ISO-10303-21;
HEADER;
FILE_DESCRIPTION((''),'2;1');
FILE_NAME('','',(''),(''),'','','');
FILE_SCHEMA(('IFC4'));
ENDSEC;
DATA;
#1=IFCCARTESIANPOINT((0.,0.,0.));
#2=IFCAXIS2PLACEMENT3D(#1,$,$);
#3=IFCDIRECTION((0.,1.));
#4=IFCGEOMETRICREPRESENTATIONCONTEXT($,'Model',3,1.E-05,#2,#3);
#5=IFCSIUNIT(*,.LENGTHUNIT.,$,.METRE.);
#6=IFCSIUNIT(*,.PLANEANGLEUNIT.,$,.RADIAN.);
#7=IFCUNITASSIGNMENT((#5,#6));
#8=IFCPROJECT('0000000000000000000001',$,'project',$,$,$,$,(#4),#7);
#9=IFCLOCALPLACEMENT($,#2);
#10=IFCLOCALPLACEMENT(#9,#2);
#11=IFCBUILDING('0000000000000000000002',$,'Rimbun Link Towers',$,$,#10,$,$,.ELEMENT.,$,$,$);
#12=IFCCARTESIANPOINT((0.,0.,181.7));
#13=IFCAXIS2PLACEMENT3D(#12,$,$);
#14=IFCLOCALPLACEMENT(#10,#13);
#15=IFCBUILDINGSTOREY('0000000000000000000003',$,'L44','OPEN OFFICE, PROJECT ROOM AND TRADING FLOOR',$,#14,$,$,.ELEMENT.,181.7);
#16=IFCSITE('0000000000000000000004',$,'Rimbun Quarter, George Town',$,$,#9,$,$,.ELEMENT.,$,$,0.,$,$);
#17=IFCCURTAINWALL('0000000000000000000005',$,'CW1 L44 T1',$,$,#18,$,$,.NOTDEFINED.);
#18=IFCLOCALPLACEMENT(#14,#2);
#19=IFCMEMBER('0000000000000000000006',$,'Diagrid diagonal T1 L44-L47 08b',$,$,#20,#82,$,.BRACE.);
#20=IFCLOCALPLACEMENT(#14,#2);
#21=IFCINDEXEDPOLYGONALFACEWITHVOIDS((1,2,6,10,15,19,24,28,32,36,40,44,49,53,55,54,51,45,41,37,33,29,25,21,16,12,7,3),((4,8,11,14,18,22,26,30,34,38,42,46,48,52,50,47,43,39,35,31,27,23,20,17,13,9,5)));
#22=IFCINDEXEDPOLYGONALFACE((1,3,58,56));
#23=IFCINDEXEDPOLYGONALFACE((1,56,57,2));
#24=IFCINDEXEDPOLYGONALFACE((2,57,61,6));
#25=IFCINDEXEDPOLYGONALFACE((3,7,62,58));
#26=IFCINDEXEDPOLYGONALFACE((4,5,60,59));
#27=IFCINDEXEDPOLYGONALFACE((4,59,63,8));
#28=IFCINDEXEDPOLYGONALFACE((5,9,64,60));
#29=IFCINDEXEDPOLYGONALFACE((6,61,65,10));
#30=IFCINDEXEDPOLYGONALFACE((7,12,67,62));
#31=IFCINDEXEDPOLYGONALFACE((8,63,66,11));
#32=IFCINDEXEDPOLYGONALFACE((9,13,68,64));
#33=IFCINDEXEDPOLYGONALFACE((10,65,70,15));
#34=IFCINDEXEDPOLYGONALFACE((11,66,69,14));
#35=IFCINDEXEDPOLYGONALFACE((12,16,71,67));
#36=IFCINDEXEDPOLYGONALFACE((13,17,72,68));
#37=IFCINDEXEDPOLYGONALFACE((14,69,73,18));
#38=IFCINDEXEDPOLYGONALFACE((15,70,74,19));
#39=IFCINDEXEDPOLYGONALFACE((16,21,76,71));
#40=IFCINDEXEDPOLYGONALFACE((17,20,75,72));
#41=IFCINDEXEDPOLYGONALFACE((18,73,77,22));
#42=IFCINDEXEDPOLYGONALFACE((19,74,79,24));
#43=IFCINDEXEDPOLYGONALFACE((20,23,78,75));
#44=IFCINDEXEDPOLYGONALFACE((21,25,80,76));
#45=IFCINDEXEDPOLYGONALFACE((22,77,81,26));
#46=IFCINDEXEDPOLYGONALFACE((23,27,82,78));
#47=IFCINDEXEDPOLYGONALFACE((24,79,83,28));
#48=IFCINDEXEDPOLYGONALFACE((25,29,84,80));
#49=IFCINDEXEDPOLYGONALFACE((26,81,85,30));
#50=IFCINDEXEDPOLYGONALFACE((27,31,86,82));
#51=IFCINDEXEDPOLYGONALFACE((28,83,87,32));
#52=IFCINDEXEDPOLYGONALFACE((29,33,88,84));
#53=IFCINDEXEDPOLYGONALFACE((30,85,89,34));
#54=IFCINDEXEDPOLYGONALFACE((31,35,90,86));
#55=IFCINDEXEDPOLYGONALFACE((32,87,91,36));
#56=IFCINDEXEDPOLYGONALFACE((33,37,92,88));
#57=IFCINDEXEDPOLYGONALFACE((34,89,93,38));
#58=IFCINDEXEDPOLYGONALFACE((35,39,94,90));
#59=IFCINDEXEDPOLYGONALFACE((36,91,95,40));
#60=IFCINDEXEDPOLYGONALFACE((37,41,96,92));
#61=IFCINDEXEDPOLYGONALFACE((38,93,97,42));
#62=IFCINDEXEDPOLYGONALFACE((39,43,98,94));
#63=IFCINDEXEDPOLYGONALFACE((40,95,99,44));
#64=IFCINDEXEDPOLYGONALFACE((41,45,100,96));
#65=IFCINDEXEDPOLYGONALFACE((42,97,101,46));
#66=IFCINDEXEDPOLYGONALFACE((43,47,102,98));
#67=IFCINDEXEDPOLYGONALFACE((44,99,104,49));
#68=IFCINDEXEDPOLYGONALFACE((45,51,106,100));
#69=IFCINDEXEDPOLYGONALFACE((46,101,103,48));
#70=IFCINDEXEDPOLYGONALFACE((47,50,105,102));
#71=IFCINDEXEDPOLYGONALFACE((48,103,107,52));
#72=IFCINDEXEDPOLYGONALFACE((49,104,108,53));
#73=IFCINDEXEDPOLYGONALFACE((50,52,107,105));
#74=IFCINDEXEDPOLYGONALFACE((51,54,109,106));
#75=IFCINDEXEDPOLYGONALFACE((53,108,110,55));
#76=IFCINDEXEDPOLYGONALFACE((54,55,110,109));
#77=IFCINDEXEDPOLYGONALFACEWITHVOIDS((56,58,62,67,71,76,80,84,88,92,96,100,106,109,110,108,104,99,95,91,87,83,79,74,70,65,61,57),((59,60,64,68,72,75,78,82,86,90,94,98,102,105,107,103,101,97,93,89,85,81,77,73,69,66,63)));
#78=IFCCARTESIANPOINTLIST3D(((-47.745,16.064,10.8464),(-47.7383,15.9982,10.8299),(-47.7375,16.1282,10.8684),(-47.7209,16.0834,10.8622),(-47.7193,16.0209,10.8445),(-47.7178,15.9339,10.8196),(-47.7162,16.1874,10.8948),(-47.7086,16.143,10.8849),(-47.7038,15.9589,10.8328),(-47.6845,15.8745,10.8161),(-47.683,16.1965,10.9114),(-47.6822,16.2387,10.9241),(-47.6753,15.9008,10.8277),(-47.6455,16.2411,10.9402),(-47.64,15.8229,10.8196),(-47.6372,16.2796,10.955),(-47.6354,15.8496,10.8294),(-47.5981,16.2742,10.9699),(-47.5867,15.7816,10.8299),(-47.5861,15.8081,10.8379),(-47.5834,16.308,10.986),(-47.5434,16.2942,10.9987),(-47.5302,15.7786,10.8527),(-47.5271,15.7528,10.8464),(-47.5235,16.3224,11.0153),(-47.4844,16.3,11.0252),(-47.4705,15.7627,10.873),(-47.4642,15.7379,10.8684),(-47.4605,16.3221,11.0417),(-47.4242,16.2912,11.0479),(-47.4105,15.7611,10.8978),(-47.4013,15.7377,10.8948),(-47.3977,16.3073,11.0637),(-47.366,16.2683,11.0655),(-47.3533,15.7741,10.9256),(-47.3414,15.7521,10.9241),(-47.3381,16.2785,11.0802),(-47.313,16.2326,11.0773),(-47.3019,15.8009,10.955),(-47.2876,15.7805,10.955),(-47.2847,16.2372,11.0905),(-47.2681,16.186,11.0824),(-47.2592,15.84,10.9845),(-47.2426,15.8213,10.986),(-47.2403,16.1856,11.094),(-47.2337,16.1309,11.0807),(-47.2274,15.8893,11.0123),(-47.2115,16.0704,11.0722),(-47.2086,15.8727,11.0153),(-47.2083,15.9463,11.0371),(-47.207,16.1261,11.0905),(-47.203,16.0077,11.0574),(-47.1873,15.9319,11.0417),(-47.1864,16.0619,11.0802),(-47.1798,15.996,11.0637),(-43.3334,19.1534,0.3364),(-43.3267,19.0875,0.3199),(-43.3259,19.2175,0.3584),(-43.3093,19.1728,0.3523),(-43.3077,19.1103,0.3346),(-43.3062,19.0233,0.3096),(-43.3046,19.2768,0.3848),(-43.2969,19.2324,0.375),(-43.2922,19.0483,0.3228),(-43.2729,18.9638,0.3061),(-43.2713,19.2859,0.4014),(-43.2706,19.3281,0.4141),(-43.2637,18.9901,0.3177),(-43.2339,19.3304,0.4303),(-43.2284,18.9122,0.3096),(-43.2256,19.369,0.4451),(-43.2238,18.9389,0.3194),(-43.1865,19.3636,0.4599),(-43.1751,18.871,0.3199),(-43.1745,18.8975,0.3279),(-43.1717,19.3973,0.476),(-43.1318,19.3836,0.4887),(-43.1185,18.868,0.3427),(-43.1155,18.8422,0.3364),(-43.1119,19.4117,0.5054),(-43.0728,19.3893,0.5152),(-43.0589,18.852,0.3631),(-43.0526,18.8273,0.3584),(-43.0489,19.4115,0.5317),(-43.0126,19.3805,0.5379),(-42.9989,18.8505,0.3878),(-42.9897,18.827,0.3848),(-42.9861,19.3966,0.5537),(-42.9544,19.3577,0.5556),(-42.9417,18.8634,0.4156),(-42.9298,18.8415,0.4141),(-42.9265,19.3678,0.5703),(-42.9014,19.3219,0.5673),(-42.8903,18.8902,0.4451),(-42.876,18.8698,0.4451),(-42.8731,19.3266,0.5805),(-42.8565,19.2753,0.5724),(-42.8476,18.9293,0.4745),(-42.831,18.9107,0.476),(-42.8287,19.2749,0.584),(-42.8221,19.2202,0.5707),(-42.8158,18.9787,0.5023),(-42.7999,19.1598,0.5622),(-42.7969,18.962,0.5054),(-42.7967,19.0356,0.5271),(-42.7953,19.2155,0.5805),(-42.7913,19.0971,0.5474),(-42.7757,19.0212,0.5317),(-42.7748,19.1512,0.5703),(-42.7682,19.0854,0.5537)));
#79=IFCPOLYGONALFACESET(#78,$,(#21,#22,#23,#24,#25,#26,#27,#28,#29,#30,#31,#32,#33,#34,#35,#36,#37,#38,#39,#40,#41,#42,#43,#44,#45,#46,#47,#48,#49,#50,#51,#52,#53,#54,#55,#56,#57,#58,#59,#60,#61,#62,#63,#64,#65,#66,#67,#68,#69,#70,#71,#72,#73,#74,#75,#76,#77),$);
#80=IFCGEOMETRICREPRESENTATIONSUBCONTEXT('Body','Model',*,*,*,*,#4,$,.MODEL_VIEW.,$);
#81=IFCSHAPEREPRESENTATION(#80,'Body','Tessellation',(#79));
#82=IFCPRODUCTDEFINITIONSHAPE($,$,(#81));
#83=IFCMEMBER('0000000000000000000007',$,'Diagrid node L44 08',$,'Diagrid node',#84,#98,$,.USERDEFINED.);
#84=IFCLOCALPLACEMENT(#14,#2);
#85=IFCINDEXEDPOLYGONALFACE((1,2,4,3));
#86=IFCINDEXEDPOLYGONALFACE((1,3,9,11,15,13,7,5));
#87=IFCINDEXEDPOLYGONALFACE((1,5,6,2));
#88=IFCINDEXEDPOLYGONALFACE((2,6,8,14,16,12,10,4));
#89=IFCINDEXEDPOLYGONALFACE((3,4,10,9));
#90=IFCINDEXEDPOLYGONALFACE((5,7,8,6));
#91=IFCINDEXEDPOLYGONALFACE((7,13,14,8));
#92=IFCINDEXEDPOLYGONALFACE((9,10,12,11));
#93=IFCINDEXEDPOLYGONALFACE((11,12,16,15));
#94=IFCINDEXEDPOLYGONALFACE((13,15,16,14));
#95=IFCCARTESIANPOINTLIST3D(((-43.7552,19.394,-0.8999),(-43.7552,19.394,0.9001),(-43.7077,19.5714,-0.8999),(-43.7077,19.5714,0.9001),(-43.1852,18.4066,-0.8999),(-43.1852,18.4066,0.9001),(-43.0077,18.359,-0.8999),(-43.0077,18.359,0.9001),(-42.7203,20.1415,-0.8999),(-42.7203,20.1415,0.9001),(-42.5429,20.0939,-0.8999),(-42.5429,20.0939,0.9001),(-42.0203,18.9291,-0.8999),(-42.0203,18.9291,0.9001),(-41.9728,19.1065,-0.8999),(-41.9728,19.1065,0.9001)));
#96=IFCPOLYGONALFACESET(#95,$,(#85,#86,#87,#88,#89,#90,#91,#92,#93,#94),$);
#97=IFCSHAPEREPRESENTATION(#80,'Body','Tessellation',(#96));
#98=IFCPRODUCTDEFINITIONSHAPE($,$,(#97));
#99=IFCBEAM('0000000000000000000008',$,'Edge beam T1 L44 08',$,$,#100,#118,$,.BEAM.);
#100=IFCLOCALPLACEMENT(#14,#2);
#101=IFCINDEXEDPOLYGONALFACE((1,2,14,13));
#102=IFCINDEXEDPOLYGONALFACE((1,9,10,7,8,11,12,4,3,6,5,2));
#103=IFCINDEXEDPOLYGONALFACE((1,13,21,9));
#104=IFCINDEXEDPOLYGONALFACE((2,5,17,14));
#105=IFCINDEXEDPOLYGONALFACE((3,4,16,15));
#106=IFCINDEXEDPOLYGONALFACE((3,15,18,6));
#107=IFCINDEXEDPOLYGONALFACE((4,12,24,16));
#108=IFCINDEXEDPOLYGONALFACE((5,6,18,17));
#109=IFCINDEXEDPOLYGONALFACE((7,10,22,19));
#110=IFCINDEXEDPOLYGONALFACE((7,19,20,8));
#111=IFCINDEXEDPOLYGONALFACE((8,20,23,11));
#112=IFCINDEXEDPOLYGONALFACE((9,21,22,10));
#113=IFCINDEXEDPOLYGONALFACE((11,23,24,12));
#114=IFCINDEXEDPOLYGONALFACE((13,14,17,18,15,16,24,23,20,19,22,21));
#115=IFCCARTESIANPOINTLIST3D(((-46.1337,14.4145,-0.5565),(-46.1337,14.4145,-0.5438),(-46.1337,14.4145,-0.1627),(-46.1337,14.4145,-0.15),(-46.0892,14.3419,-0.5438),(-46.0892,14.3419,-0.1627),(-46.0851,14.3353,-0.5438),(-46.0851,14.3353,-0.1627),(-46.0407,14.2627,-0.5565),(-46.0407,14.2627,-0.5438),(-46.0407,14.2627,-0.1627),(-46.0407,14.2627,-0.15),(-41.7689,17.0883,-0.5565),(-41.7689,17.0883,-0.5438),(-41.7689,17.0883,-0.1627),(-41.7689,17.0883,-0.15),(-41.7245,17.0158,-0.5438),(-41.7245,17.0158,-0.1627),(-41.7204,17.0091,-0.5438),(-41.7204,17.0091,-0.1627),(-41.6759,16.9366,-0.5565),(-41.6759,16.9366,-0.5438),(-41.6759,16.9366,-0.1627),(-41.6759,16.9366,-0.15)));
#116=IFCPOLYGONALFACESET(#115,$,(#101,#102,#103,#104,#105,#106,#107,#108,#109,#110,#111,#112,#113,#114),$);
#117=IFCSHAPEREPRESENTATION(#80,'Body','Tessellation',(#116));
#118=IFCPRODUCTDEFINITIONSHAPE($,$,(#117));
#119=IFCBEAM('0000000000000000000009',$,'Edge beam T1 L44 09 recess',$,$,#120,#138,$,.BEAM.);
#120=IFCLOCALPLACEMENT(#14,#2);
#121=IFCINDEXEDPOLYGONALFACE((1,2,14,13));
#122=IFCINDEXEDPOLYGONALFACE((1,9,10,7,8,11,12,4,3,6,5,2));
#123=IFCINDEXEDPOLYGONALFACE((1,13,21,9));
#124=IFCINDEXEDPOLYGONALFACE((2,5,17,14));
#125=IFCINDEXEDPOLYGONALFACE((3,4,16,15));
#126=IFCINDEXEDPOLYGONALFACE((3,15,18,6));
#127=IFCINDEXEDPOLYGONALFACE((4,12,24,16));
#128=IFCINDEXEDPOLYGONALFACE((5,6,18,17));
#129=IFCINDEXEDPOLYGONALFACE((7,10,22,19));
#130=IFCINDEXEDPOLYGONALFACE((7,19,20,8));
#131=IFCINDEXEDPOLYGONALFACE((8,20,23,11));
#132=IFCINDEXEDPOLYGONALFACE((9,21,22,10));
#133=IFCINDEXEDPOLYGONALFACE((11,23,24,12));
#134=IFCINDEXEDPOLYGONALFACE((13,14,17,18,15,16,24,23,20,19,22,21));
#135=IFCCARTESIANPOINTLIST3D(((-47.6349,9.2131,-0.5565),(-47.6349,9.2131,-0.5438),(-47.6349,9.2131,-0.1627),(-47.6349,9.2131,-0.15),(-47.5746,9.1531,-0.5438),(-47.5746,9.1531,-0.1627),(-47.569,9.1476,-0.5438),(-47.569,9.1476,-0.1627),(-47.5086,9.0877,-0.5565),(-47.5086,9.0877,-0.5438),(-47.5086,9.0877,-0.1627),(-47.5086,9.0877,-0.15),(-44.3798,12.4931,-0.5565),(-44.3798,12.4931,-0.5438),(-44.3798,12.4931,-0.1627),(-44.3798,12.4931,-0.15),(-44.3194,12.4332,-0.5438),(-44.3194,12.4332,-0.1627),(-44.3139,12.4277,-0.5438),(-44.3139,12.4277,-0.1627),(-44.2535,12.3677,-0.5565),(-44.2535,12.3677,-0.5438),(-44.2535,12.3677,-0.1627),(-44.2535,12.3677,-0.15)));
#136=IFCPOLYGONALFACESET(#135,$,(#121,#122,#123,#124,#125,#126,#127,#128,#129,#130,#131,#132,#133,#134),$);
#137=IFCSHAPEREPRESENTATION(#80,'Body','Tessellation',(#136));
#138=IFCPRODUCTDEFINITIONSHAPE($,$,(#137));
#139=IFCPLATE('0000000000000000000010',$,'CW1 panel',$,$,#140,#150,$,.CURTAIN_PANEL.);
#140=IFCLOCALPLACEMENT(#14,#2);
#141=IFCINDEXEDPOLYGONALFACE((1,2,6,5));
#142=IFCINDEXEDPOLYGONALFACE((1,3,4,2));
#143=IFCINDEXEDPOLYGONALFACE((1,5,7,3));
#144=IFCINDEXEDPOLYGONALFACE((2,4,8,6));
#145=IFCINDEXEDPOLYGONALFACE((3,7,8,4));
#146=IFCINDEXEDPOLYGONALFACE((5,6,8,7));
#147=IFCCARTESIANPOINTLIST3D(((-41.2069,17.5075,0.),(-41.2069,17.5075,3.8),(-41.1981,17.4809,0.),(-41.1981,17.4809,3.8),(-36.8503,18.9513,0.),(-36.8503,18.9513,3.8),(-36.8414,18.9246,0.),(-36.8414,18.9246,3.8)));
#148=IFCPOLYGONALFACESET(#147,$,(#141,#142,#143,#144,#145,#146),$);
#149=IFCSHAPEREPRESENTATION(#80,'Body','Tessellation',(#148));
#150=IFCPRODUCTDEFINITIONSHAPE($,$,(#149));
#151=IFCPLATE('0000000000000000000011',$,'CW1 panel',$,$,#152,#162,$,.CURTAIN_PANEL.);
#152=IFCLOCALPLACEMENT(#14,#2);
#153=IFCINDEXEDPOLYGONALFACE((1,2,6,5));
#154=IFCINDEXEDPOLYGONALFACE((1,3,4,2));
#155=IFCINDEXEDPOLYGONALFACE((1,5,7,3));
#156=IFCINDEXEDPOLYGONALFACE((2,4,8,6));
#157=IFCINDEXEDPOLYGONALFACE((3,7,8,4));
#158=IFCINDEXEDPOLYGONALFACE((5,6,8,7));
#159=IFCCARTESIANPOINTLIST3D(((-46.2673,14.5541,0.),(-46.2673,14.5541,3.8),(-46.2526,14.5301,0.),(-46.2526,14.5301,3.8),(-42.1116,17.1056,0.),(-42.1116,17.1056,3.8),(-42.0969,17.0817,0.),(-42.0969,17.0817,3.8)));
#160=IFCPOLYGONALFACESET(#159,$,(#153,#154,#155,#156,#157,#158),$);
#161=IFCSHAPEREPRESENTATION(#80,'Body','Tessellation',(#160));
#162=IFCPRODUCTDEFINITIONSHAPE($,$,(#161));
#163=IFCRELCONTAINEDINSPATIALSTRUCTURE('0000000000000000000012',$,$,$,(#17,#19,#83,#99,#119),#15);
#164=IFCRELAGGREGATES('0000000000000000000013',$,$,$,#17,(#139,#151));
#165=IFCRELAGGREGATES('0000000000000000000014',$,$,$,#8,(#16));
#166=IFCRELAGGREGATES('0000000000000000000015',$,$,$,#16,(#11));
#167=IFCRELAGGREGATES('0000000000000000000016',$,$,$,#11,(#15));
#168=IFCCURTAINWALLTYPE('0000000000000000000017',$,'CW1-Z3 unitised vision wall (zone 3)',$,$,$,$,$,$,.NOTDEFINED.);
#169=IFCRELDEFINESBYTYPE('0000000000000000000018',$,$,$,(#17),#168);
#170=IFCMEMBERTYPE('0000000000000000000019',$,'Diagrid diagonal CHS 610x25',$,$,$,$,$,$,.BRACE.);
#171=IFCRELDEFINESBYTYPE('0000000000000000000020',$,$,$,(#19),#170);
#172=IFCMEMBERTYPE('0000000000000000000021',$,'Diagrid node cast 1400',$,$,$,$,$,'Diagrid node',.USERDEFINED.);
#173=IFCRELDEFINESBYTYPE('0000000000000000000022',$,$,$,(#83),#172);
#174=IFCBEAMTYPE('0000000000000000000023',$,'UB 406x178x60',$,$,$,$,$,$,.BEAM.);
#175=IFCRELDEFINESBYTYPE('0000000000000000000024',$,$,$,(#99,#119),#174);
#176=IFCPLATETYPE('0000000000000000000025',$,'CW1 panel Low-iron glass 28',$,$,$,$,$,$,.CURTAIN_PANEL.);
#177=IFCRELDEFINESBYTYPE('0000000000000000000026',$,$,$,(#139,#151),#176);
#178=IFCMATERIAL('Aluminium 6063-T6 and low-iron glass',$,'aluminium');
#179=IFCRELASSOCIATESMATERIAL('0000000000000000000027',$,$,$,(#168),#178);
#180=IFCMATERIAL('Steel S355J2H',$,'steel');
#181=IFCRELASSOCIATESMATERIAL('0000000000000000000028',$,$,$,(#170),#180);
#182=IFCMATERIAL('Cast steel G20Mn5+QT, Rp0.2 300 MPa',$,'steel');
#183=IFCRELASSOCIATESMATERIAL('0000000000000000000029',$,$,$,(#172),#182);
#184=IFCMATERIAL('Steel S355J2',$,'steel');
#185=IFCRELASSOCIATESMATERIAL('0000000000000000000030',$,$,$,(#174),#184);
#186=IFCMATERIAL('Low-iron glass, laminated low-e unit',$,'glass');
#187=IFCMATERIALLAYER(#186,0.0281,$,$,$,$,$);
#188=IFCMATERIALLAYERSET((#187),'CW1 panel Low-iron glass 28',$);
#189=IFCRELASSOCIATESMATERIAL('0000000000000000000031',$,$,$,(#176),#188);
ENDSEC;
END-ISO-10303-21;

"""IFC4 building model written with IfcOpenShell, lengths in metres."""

from ifc_helpers import new_model, si_unit, direction, frame, origin, origin_2d, place, context, subcontext, project, spatial, polyline, rectangle, hollow_circle, i_section, outline, extrude, material, layer, layer_set, material_profile, profile_set, type_object, element, aggregate, save


model = new_model("IFC4")

# Units and contexts
model_context = context("Model", 3, precision=1e-05, world=origin(), true_north=direction((0.0, 1.0)))
body_context = subcontext(model_context, "Body", "Model", "MODEL_VIEW")
ifc_project = project(units=[si_unit("LENGTHUNIT", "METRE"), si_unit("PLANEANGLEUNIT", "RADIAN")], contexts=[model_context])

# Site, building, storey
site_placement = place(None, origin())
site = spatial("IfcSite", under=ifc_project, at=site_placement, Name="Rimbun Quarter, George Town", CompositionType="ELEMENT", RefElevation=0.0)
building_placement = place(site_placement, origin())
building = spatial("IfcBuilding", under=site, at=building_placement, Name="Rimbun Link Towers", CompositionType="ELEMENT")
storey_placement = place(building_placement, frame((0.0, 0.0, 181.7)))
storey = spatial("IfcBuildingStorey", under=building, at=storey_placement, Name="L44", Description="OPEN OFFICE, PROJECT ROOM AND TRADING FLOOR", CompositionType="ELEMENT", Elevation=181.7)

# Curtain wall
ifc_material_1 = material(Name="Aluminium 6063-T6 and low-iron glass", Category="aluminium")
curtain_wall_type = type_object("IfcCurtainWallType", Name="CW1-Z3 unitised vision wall (zone 3)", PredefinedType="NOTDEFINED", material=ifc_material_1)
curtain_wall_placement = place(storey_placement, origin())
curtain_wall = element("IfcCurtainWall", 1, at=curtain_wall_placement, inside=storey, type_object=curtain_wall_type, Name="CW1 L44 T1", PredefinedType="NOTDEFINED")

# Members
ifc_material_2 = material(Name="Steel S355J2H", Category="steel")
ifc_material_profile_1 = material_profile(ifc_material_2, hollow_circle(Radius=0.3047, WallThickness=0.0249, at=origin_2d()), Name="Diagrid diagonal CHS 610x25")
ifc_profile_set_1 = profile_set([ifc_material_profile_1], Name="Steel S355J2H")
member_type_1 = type_object("IfcMemberType", Name="Diagrid diagonal CHS 610x25", PredefinedType="BRACE", material=ifc_profile_set_1)
member_1_placement = place(storey_placement, frame((-43.0508, 19.1194, 0.4451), z_axis=(-0.373562, -0.261597, 0.889954), x_axis=(0.573614, -0.819125, 0.0)))
element("IfcMember", 2, at=member_1_placement, inside=storey, type_object=member_type_1, Name="Diagrid diagonal T1 L44-L47 08b", PredefinedType="BRACE", context=body_context, shape_type="SweptSolid", body=[
    extrude(hollow_circle(Radius=0.3047, WallThickness=0.0249, at=origin_2d()), origin(), (0.0, 0.0, 1.0), 11.8096),
])
ifc_material_3 = material(Name="Cast steel G20Mn5+QT, Rp0.2 300 MPa", Category="steel")
ifc_material_profile_2 = material_profile(ifc_material_3, outline(polyline([(0.7, -0.5701), (0.7, 0.5701), (0.5701, 0.7), (-0.5701, 0.7), (-0.7, 0.5701), (-0.7, -0.5701), (-0.5701, -0.7), (0.5701, -0.7), (0.7, -0.5701)])), Name="NODE 1400x1400")
ifc_profile_set_2 = profile_set([ifc_material_profile_2], Name="Cast steel G20Mn5+QT, Rp0.2 300 MPa")
member_type_2 = type_object("IfcMemberType", Name="Diagrid node cast 1400", ElementType="Diagrid node", PredefinedType="USERDEFINED", material=ifc_profile_set_2)
member_2_placement = place(storey_placement, frame((-42.864, 19.2502, -0.8999), z_axis=(0.0, 0.0, 1.0), x_axis=(-0.5, 0.866025, 0.0)))
element("IfcMember", 3, at=member_2_placement, inside=storey, type_object=member_type_2, Name="Diagrid node L44 08", ObjectType="Diagrid node", PredefinedType="USERDEFINED", context=body_context, shape_type="SweptSolid", body=[
    extrude(outline(polyline([(0.7, -0.5701), (0.7, 0.5701), (0.5701, 0.7), (-0.5701, 0.7), (-0.7, 0.5701), (-0.7, -0.5701), (-0.5701, -0.7), (0.5701, -0.7), (0.7, -0.5701)])), origin(), (0.0, 0.0, 1.0), 1.8),
])

# Beams
ifc_material_4 = material(Name="Steel S355J2", Category="steel")
ifc_material_profile_3 = material_profile(ifc_material_4, i_section(OverallWidth=0.178, OverallDepth=0.4065, WebThickness=0.0078, FlangeThickness=0.0127, at=origin_2d()), Name="UB 406x178x60")
ifc_profile_set_3 = profile_set([ifc_material_profile_3], Name="Steel S355J2")
beam_type = type_object("IfcBeamType", Name="UB 406x178x60", PredefinedType="BEAM", material=ifc_profile_set_3)
beam_1_placement = place(storey_placement, frame((-41.7224, 17.0125, -0.3533), z_axis=(-0.852718, -0.522372, 0.0), x_axis=(0.522372, -0.852718, 0.0)))
element("IfcBeam", 4, at=beam_1_placement, inside=storey, type_object=beam_type, Name="Edge beam T1 L44 08", PredefinedType="BEAM", context=body_context, shape_type="SweptSolid", body=[
    extrude(i_section(OverallWidth=0.178, OverallDepth=0.4065, WebThickness=0.0078, FlangeThickness=0.0127, at=origin_2d()), origin(), (0.0, 0.0, 1.0), 5.1187),
])
beam_2_placement = place(storey_placement, frame((-44.3167, 12.4304, -0.3533), z_axis=(-0.704407, -0.709796, 0.0), x_axis=(0.709796, -0.704407, 0.0)))
element("IfcBeam", 5, at=beam_2_placement, inside=storey, type_object=beam_type, Name="Edge beam T1 L44 09 recess", PredefinedType="BEAM", context=body_context, shape_type="SweptSolid", body=[
    extrude(i_section(OverallWidth=0.178, OverallDepth=0.4065, WebThickness=0.0078, FlangeThickness=0.0127, at=origin_2d()), origin(), (0.0, 0.0, 1.0), 4.6211),
])

# Plates
ifc_material_5 = material(Name="Low-iron glass, laminated low-e unit", Category="glass")
ifc_layer_1 = layer(ifc_material_5, 0.0281)
ifc_layer_set_1 = layer_set([ifc_layer_1], Name="CW1 panel Low-iron glass 28")
plate_type = type_object("IfcPlateType", Name="CW1 panel Low-iron glass 28", PredefinedType="CURTAIN_PANEL", material=ifc_layer_set_1)
plate_1_placement = place(storey_placement, frame((-39.0242, 18.2161, 0.0), z_axis=(0.0, 0.0, 1.0), x_axis=(0.949236, 0.314565, 0.0)))
plate_1 = element("IfcPlate", 6, at=plate_1_placement, type_object=plate_type, Name="CW1 panel", PredefinedType="CURTAIN_PANEL", context=body_context, shape_type="SweptSolid", body=[
    extrude(rectangle(XDim=4.5896, YDim=0.0281, at=origin_2d()), origin(), (0.0, 0.0, 1.0), 3.8),
])
plate_2_placement = place(storey_placement, frame((-44.1821, 15.8179, 0.0), z_axis=(0.0, 0.0, 1.0), x_axis=(0.852189, 0.523235, 0.0)))
plate_2 = element("IfcPlate", 7, at=plate_2_placement, type_object=plate_type, Name="CW1 panel", PredefinedType="CURTAIN_PANEL", context=body_context, shape_type="SweptSolid", body=[
    extrude(rectangle(XDim=4.8765, YDim=0.0281, at=origin_2d()), origin(), (0.0, 0.0, 1.0), 3.8),
])
aggregate(curtain_wall, [plate_1, plate_2])

save(model, "model.ifc")
